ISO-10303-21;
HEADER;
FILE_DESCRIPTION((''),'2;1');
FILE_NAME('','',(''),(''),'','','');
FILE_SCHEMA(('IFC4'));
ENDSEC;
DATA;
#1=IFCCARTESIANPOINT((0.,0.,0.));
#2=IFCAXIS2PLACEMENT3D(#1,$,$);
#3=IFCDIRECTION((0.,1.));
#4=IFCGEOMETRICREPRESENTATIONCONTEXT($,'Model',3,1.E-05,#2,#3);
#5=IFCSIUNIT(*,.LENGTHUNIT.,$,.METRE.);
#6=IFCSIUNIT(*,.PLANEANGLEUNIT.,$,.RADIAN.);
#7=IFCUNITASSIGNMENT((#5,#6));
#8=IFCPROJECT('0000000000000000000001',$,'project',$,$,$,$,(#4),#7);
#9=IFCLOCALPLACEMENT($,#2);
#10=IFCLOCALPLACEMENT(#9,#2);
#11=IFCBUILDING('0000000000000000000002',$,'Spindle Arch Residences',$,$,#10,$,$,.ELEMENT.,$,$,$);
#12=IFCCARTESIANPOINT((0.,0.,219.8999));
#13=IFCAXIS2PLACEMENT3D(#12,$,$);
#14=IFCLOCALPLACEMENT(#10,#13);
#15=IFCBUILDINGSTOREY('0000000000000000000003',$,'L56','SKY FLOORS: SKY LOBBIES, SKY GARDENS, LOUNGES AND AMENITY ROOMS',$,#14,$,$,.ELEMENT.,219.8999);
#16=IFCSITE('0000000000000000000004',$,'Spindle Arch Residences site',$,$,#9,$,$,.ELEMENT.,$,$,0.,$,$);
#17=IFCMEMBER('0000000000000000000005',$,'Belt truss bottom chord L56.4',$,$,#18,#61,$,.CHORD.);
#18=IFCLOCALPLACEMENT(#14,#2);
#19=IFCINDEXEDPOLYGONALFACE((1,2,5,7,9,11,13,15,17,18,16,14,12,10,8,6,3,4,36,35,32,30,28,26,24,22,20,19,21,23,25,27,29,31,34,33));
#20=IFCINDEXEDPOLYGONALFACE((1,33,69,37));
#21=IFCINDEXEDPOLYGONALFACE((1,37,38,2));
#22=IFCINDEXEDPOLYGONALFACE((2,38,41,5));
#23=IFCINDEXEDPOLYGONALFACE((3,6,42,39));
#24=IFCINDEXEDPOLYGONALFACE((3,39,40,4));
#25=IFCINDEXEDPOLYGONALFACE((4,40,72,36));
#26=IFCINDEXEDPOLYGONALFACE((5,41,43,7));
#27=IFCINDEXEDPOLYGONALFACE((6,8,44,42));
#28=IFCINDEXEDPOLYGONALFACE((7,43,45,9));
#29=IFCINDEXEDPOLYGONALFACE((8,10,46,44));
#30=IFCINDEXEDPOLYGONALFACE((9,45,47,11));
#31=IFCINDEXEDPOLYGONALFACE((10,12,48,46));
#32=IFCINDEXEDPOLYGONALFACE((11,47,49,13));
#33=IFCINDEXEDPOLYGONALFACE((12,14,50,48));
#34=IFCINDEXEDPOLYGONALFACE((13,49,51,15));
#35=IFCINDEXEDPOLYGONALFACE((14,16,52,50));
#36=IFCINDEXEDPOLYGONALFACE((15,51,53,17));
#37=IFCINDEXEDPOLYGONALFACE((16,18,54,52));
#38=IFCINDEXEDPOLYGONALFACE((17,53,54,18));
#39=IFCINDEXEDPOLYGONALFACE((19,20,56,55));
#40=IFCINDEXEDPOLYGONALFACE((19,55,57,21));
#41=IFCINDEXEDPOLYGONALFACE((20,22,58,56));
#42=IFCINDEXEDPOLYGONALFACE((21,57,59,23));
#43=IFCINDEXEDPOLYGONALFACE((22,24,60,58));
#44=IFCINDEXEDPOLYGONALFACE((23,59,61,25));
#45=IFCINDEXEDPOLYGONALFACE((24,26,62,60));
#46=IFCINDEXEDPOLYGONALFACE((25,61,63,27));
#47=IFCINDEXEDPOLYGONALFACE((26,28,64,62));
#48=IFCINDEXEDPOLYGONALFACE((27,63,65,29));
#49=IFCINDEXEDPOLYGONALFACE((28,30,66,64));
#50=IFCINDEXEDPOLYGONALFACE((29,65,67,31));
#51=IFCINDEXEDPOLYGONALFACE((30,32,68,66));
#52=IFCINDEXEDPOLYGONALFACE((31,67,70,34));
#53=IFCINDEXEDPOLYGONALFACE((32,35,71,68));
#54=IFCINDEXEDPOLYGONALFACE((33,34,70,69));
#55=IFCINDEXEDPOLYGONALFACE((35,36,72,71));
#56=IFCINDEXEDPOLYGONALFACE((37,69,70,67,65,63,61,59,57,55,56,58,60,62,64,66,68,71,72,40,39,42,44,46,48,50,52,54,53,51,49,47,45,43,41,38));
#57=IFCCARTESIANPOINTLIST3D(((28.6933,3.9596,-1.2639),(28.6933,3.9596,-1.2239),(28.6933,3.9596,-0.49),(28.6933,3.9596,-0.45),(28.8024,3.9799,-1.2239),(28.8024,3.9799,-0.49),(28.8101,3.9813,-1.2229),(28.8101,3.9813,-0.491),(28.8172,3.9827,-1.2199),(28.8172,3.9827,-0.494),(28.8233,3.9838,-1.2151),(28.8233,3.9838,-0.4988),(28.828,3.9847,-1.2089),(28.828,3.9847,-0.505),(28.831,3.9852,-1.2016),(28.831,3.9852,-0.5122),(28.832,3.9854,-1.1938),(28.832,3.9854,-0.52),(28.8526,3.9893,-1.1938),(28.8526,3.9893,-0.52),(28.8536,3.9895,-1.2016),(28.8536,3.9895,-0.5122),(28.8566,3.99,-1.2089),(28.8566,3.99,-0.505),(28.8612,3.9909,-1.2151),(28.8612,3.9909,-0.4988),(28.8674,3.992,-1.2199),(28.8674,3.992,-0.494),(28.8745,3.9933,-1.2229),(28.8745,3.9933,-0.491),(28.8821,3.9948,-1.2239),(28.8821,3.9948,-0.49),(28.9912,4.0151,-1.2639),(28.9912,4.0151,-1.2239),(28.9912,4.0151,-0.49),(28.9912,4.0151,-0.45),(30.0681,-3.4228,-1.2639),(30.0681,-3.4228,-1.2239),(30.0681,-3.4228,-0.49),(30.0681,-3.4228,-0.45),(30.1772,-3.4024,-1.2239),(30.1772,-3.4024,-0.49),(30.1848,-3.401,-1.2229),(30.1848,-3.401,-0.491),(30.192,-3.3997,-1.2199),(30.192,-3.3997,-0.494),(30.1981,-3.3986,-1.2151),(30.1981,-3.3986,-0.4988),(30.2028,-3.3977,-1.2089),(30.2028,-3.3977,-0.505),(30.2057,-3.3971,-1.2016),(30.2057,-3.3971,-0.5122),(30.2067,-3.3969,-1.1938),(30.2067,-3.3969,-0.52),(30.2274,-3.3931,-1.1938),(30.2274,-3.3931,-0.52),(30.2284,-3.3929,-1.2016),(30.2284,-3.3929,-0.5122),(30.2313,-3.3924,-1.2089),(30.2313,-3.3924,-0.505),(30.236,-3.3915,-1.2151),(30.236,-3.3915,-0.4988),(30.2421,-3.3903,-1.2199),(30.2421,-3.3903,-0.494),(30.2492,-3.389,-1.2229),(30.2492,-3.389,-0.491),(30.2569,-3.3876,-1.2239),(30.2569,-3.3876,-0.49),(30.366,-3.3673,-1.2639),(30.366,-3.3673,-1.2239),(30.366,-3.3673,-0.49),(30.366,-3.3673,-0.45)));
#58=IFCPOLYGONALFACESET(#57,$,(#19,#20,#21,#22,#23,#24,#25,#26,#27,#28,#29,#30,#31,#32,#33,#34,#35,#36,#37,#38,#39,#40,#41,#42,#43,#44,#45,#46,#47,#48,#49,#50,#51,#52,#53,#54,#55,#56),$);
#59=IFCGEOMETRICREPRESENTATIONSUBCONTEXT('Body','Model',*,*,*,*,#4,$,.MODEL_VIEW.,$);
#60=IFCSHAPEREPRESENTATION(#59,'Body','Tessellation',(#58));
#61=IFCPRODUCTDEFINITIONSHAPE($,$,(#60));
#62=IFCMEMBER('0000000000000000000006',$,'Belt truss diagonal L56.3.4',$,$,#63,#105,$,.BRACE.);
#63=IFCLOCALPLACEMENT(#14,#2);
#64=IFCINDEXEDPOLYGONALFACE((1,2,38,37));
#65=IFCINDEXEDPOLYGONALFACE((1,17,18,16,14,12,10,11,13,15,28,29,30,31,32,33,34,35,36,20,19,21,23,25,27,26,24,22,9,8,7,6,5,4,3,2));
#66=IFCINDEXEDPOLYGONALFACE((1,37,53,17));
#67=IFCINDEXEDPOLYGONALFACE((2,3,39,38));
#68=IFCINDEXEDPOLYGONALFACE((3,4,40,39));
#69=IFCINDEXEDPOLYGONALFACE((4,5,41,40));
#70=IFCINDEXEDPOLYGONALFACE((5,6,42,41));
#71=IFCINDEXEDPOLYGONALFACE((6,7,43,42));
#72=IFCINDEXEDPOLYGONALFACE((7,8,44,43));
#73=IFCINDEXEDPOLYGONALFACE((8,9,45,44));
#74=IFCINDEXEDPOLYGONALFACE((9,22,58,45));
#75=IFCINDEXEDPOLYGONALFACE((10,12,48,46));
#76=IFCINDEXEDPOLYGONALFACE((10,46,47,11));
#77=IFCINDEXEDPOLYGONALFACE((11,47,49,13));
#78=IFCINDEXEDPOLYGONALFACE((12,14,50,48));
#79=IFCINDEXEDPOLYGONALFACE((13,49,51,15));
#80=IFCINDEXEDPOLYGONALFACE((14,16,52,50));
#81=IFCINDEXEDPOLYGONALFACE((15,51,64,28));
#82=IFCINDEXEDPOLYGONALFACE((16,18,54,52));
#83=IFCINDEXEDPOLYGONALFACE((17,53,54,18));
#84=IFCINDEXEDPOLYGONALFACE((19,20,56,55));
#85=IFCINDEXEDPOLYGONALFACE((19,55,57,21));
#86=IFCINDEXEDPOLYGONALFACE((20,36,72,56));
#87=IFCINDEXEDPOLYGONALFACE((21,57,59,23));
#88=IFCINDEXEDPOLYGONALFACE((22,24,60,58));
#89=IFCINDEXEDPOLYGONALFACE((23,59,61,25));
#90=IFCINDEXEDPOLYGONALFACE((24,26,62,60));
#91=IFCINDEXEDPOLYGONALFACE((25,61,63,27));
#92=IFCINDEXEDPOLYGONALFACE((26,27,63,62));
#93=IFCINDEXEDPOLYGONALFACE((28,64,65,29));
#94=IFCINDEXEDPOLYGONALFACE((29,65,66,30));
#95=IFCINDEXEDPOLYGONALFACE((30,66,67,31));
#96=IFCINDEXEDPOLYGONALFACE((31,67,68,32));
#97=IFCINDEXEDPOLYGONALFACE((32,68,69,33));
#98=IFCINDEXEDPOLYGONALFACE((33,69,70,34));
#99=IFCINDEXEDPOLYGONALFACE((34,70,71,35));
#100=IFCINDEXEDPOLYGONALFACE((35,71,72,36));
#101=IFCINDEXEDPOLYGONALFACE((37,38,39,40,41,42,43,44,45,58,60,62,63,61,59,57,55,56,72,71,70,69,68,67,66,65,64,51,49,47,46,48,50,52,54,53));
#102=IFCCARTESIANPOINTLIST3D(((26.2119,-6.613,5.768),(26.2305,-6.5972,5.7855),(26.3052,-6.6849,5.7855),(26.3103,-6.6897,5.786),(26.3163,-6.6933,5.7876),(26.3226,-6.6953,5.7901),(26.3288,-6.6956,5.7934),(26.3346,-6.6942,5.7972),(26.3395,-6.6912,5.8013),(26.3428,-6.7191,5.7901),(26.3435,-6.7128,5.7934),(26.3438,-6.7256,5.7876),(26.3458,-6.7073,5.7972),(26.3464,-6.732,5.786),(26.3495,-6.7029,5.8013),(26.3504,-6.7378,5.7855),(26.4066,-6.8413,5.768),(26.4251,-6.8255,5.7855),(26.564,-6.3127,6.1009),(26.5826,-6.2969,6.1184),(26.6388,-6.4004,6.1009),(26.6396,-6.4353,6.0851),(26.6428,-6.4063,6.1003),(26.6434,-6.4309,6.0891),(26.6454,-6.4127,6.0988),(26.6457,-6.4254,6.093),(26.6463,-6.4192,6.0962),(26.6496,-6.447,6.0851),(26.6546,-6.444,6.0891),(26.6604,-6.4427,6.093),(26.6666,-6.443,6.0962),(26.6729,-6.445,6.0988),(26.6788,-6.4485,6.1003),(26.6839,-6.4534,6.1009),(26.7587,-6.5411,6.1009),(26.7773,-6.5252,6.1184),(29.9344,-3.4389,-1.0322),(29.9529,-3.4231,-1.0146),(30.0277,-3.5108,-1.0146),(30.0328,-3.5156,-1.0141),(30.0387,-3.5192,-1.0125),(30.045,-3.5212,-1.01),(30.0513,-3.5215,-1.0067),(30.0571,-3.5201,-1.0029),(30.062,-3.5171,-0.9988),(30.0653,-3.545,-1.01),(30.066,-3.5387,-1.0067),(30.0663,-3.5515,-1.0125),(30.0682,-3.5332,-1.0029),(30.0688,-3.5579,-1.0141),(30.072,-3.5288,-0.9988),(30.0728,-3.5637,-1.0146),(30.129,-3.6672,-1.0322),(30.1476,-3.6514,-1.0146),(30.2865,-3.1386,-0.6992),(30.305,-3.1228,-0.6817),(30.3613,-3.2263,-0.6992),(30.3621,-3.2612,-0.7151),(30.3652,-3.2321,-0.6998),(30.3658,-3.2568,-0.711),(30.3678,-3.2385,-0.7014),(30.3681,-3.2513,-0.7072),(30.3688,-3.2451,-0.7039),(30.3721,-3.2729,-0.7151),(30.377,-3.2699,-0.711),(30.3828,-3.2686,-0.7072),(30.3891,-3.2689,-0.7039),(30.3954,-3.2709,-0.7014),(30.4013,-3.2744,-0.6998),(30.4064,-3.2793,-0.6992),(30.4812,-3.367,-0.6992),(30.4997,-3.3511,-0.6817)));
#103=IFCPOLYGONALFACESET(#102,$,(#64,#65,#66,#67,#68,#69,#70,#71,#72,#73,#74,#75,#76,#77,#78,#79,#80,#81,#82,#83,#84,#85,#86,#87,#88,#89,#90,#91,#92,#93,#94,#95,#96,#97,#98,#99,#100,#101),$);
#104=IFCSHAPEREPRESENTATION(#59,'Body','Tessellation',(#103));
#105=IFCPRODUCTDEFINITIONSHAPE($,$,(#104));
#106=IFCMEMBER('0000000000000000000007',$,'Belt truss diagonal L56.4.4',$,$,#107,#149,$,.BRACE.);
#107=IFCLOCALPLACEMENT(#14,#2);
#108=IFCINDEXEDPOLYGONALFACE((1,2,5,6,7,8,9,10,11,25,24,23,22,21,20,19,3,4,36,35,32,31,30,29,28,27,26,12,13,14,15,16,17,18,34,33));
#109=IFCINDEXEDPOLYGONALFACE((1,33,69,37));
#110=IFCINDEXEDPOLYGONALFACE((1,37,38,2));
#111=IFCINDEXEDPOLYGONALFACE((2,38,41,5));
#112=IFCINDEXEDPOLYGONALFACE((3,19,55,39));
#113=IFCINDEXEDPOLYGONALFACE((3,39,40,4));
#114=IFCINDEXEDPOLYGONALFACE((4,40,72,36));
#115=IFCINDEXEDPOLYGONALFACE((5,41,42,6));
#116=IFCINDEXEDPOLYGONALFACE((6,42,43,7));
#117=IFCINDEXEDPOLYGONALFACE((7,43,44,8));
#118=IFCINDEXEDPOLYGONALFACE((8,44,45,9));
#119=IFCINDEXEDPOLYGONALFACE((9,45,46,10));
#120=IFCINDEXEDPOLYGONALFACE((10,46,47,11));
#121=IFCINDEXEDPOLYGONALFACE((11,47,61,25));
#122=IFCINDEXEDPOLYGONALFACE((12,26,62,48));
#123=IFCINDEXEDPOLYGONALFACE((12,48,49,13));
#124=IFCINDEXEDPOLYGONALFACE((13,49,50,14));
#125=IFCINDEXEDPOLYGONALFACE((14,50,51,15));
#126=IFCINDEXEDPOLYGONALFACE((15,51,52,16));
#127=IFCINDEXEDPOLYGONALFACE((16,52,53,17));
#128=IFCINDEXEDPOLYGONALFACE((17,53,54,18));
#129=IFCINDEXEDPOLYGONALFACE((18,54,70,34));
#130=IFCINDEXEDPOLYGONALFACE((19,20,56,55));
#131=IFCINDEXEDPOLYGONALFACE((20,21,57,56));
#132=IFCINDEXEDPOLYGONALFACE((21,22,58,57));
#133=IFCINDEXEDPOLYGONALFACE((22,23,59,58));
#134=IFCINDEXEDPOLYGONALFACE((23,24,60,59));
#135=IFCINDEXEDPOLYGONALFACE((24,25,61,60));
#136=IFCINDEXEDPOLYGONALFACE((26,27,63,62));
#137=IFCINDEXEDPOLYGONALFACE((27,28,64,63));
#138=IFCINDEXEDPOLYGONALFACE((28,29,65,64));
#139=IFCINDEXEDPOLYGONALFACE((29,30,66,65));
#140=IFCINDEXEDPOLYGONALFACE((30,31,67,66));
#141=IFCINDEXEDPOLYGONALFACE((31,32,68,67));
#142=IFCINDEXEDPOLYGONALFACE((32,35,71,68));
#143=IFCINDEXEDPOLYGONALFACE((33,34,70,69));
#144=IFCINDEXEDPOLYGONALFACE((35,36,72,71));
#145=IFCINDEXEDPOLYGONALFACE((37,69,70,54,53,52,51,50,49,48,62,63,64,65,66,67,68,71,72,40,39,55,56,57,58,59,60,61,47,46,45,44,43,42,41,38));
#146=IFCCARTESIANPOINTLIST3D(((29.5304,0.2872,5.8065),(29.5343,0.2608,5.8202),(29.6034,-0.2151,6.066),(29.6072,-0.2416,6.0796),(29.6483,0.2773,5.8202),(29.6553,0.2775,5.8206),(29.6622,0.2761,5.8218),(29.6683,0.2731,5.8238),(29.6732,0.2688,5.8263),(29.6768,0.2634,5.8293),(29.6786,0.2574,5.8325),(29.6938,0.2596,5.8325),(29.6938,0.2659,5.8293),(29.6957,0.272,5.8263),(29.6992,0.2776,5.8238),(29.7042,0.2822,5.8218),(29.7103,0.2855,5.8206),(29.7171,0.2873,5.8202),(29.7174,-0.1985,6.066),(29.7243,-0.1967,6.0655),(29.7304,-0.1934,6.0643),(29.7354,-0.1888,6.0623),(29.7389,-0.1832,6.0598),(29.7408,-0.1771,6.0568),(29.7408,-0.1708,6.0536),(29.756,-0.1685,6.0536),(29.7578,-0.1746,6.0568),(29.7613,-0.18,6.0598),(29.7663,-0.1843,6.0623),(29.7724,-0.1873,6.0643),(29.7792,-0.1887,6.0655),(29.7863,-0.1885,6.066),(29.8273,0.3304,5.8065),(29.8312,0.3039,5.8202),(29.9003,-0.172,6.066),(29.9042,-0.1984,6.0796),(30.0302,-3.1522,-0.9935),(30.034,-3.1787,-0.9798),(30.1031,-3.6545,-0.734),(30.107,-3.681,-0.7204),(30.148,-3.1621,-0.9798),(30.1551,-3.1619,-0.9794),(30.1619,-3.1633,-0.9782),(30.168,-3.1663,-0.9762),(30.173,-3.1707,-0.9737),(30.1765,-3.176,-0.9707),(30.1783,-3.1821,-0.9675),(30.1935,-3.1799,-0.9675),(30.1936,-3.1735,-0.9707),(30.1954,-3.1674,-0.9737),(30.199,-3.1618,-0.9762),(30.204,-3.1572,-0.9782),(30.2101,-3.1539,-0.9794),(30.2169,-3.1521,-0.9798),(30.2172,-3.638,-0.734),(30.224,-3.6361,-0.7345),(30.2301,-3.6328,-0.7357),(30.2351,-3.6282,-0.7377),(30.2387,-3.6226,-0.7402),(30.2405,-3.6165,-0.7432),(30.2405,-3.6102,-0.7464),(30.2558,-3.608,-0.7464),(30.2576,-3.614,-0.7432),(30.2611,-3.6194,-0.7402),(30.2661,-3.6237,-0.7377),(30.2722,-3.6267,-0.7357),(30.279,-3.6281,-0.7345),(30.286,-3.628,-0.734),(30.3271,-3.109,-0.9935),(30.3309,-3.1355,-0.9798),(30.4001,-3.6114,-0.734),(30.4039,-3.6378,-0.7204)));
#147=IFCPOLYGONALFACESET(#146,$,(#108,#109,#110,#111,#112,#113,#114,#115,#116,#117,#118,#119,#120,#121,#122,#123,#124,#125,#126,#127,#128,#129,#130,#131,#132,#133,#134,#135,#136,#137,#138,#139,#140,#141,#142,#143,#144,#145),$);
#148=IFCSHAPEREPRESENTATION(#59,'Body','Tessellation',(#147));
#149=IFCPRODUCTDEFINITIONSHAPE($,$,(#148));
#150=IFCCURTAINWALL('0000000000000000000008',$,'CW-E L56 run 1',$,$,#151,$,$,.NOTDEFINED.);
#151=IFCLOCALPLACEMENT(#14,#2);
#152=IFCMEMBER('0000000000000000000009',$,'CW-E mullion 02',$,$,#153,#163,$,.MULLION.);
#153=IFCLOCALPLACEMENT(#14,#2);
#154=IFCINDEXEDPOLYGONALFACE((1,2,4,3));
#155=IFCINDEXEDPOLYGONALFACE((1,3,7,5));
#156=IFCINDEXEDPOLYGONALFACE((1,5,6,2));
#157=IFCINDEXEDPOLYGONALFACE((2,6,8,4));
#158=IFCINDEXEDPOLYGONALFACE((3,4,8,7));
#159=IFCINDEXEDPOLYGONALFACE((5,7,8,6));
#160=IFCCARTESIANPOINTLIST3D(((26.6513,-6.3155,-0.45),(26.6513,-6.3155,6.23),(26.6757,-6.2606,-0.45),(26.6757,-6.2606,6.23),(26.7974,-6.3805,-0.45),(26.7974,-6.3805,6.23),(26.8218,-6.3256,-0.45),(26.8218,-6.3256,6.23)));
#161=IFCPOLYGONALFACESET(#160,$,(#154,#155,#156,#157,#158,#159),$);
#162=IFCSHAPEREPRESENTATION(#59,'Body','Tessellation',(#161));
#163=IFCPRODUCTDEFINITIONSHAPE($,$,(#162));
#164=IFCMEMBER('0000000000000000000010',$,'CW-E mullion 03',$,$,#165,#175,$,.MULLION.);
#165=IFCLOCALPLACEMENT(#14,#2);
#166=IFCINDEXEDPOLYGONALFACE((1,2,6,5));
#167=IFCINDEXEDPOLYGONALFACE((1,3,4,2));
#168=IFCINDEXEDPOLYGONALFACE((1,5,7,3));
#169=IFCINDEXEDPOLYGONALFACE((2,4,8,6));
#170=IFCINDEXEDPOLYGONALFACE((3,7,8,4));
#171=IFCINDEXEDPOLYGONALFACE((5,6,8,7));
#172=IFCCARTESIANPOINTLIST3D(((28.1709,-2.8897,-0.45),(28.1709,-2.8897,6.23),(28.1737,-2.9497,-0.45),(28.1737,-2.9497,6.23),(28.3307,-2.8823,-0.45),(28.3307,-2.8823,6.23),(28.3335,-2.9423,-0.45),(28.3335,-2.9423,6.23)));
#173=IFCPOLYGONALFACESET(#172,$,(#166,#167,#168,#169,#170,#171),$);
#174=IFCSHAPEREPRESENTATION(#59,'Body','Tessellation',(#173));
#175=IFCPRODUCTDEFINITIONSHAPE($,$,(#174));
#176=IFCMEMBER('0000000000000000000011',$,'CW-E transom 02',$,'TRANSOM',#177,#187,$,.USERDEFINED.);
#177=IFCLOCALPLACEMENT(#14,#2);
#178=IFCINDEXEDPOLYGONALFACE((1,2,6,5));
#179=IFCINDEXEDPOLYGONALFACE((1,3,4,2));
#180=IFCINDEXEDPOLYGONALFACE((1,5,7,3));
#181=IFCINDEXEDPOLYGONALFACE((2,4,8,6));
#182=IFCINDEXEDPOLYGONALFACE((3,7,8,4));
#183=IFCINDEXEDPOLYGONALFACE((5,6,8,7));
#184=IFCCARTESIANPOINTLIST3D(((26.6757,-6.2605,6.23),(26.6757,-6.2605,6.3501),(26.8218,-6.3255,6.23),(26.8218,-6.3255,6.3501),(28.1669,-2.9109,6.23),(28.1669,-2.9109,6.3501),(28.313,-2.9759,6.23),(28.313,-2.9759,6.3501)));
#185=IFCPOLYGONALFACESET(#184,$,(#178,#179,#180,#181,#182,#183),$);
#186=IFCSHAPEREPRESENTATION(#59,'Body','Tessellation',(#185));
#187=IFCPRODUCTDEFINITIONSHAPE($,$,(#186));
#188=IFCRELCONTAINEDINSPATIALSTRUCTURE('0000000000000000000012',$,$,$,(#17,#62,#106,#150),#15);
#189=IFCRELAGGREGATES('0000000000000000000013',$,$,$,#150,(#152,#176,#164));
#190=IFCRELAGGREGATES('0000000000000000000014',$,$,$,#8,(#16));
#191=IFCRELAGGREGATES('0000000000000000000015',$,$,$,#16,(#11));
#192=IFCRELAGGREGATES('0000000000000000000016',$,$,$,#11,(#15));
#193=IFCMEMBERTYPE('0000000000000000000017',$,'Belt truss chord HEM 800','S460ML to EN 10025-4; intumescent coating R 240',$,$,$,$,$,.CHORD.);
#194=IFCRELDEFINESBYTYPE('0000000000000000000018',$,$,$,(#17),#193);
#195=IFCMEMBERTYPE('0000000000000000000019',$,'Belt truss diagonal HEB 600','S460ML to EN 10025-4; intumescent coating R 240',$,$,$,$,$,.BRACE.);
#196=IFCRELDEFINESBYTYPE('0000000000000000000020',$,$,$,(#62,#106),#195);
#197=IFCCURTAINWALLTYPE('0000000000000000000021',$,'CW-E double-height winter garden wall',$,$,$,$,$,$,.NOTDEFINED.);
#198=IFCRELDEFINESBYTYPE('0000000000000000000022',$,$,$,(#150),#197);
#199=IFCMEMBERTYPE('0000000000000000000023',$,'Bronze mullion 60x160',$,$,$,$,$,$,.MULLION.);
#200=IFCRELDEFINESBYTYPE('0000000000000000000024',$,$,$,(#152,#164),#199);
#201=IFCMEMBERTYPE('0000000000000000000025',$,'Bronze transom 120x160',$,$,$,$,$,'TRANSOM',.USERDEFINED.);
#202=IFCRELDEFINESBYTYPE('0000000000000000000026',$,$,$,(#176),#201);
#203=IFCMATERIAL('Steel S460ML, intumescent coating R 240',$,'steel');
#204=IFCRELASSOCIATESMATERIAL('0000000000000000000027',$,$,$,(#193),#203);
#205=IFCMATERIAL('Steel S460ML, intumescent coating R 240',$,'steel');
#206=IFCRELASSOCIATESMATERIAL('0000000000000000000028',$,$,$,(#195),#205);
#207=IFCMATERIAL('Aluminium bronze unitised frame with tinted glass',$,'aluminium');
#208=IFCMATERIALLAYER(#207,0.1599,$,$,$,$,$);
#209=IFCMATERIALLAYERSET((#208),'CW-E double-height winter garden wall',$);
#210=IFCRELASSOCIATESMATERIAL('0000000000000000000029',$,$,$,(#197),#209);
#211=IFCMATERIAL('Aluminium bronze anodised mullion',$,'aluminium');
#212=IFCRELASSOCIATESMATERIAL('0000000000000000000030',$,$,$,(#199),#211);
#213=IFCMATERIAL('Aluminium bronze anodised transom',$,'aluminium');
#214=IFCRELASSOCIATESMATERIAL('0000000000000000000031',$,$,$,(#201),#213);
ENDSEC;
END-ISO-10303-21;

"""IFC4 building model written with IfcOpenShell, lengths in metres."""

from ifc_helpers import new_model, si_unit, direction, frame, origin, origin_2d, place, context, subcontext, project, spatial, rectangle, i_section, extrude, material, layer, layer_set, material_profile, profile_set, type_object, element, aggregate, save


model = new_model("IFC4")

# Units and contexts
model_context = context("Model", 3, precision=1e-05, world=origin(), true_north=direction((0.0, 1.0)))
body_context = subcontext(model_context, "Body", "Model", "MODEL_VIEW")
ifc_project = project(units=[si_unit("LENGTHUNIT", "METRE"), si_unit("PLANEANGLEUNIT", "RADIAN")], contexts=[model_context])

# Site, building, storey
site_placement = place(None, origin())
site = spatial("IfcSite", under=ifc_project, at=site_placement, Name="Spindle Arch Residences site", CompositionType="ELEMENT", RefElevation=0.0)
building_placement = place(site_placement, origin())
building = spatial("IfcBuilding", under=site, at=building_placement, Name="Spindle Arch Residences", CompositionType="ELEMENT")
storey_placement = place(building_placement, frame((0.0, 0.0, 219.8999)))
storey = spatial("IfcBuildingStorey", under=building, at=storey_placement, Name="L56", Description="SKY FLOORS: SKY LOBBIES, SKY GARDENS, LOUNGES AND AMENITY ROOMS", CompositionType="ELEMENT", Elevation=219.8999)

# Members
ifc_material_1 = material(Name="Steel S460ML, intumescent coating R 240", Category="steel")
ifc_material_profile_1 = material_profile(ifc_material_1, i_section(OverallWidth=0.303, OverallDepth=0.814, WebThickness=0.021, FlangeThickness=0.04, FilletRadius=0.03, at=origin_2d()), Name="HEM 800")
ifc_profile_set_1 = profile_set([ifc_material_profile_1], Name="Steel S460ML, intumescent coating R 240")
member_type_1 = type_object("IfcMemberType", Name="Belt truss chord HEM 800", Description="S460ML to EN 10025-4; intumescent coating R 240", PredefinedType="CHORD", material=ifc_profile_set_1)
member_1_placement = place(storey_placement, frame((30.217, -3.395, -0.8569), z_axis=(-0.183075, 0.983099, 0.0), x_axis=(-0.983099, -0.183075, 0.0)))
element("IfcMember", 1, at=member_1_placement, inside=storey, type_object=member_type_1, Name="Belt truss bottom chord L56.4", PredefinedType="CHORD", context=body_context, shape_type="SweptSolid", body=[
    extrude(i_section(OverallWidth=0.303, OverallDepth=0.814, WebThickness=0.021, FlangeThickness=0.04, FilletRadius=0.03, at=origin_2d()), origin(), (0.0, 0.0, 1.0), 7.5093),
])
ifc_material_2 = material(Name="Steel S460ML, intumescent coating R 240", Category="steel")
ifc_material_profile_2 = material_profile(ifc_material_2, i_section(OverallWidth=0.3, OverallDepth=0.6001, WebThickness=0.0154, FlangeThickness=0.03, FilletRadius=0.0271, at=origin_2d()), Name="HEB 600")
ifc_profile_set_2 = profile_set([ifc_material_profile_2], Name="Steel S460ML, intumescent coating R 240")
member_type_2 = type_object("IfcMemberType", Name="Belt truss diagonal HEB 600", Description="S460ML to EN 10025-4; intumescent coating R 240", PredefinedType="BRACE", material=ifc_profile_set_2)
member_2_placement = place(storey_placement, frame((30.217, -3.395, -0.8569), z_axis=(-0.444369, -0.37891, 0.811766), x_axis=(0.648837, -0.760927, 0.0)))
element("IfcMember", 2, at=member_2_placement, inside=storey, type_object=member_type_2, Name="Belt truss diagonal L56.3.4", PredefinedType="BRACE", context=body_context, shape_type="SweptSolid", body=[
    extrude(i_section(OverallWidth=0.3, OverallDepth=0.6001, WebThickness=0.0154, FlangeThickness=0.03, FilletRadius=0.0271, at=origin_2d()), origin(), (0.0, 0.0, 1.0), 8.377),
])
member_3_placement = place(storey_placement, frame((30.217, -3.395, -0.8569), z_axis=(-0.065441, 0.450381, 0.890435), x_axis=(-0.989608, -0.143791, 0.0)))
element("IfcMember", 3, at=member_3_placement, inside=storey, type_object=member_type_2, Name="Belt truss diagonal L56.4.4", PredefinedType="BRACE", context=body_context, shape_type="SweptSolid", body=[
    extrude(i_section(OverallWidth=0.3, OverallDepth=0.6001, WebThickness=0.0154, FlangeThickness=0.03, FilletRadius=0.0271, at=origin_2d()), origin(), (0.0, 0.0, 1.0), 7.6367),
])

# Curtain wall, members
ifc_material_3 = material(Name="Aluminium bronze unitised frame with tinted glass", Category="aluminium")
ifc_layer_1 = layer(ifc_material_3, 0.1599)
ifc_layer_set_1 = layer_set([ifc_layer_1], Name="CW-E double-height winter garden wall")
curtain_wall_type = type_object("IfcCurtainWallType", Name="CW-E double-height winter garden wall", PredefinedType="NOTDEFINED", material=ifc_layer_set_1)
curtain_wall_placement = place(storey_placement, origin())
curtain_wall = element("IfcCurtainWall", 4, at=curtain_wall_placement, inside=storey, type_object=curtain_wall_type, Name="CW-E L56 run 1", PredefinedType="NOTDEFINED")
ifc_material_4 = material(Name="Aluminium bronze anodised mullion", Category="aluminium")
ifc_material_profile_3 = material_profile(ifc_material_4, rectangle(XDim=0.1599, YDim=0.0601, at=origin_2d()), Name="MU 60x160")
ifc_profile_set_3 = profile_set([ifc_material_profile_3], Name="Aluminium bronze anodised mullion")
member_type_3 = type_object("IfcMemberType", Name="Bronze mullion 60x160", PredefinedType="MULLION", material=ifc_profile_set_3)
member_4_placement = place(storey_placement, frame((26.7366, -6.3206, -0.45), z_axis=(0.0, 0.0, 1.0), x_axis=(-0.913545, 0.406737, 0.0)))
member_4 = element("IfcMember", 5, at=member_4_placement, type_object=member_type_3, Name="CW-E mullion 02", PredefinedType="MULLION", context=body_context, shape_type="SweptSolid", body=[
    extrude(rectangle(XDim=0.1599, YDim=0.0601, at=origin_2d()), origin(), (0.0, 0.0, 1.0), 6.6799),
])
member_5_placement = place(storey_placement, frame((28.2522, -2.916, -0.45), z_axis=(0.0, 0.0, 1.0), x_axis=(-0.998917, -0.046525, 0.0)))
member_5 = element("IfcMember", 6, at=member_5_placement, type_object=member_type_3, Name="CW-E mullion 03", PredefinedType="MULLION", context=body_context, shape_type="SweptSolid", body=[
    extrude(rectangle(XDim=0.1599, YDim=0.0601, at=origin_2d()), origin(), (0.0, 0.0, 1.0), 6.6799),
])
ifc_material_5 = material(Name="Aluminium bronze anodised transom", Category="aluminium")
ifc_material_profile_4 = material_profile(ifc_material_5, rectangle(XDim=0.1599, YDim=0.1201, at=origin_2d()), Name="TR 120x160")
ifc_profile_set_4 = profile_set([ifc_material_profile_4], Name="Aluminium bronze anodised transom")
member_type_4 = type_object("IfcMemberType", Name="Bronze transom 120x160", ElementType="TRANSOM", PredefinedType="USERDEFINED", material=ifc_profile_set_4)
member_6_placement = place(storey_placement, frame((26.7488, -6.293, 6.29), z_axis=(0.406707, 0.913559, 0.0), x_axis=(-0.913559, 0.406707, 0.0)))
member_6 = element("IfcMember", 7, at=member_6_placement, type_object=member_type_4, Name="CW-E transom 02", ObjectType="TRANSOM", PredefinedType="USERDEFINED", context=body_context, shape_type="SweptSolid", body=[
    extrude(rectangle(XDim=0.1599, YDim=0.1201, at=origin_2d()), origin(), (0.0, 0.0, 1.0), 3.6665),
])
aggregate(curtain_wall, [member_4, member_6, member_5])

save(model, "model.ifc")
